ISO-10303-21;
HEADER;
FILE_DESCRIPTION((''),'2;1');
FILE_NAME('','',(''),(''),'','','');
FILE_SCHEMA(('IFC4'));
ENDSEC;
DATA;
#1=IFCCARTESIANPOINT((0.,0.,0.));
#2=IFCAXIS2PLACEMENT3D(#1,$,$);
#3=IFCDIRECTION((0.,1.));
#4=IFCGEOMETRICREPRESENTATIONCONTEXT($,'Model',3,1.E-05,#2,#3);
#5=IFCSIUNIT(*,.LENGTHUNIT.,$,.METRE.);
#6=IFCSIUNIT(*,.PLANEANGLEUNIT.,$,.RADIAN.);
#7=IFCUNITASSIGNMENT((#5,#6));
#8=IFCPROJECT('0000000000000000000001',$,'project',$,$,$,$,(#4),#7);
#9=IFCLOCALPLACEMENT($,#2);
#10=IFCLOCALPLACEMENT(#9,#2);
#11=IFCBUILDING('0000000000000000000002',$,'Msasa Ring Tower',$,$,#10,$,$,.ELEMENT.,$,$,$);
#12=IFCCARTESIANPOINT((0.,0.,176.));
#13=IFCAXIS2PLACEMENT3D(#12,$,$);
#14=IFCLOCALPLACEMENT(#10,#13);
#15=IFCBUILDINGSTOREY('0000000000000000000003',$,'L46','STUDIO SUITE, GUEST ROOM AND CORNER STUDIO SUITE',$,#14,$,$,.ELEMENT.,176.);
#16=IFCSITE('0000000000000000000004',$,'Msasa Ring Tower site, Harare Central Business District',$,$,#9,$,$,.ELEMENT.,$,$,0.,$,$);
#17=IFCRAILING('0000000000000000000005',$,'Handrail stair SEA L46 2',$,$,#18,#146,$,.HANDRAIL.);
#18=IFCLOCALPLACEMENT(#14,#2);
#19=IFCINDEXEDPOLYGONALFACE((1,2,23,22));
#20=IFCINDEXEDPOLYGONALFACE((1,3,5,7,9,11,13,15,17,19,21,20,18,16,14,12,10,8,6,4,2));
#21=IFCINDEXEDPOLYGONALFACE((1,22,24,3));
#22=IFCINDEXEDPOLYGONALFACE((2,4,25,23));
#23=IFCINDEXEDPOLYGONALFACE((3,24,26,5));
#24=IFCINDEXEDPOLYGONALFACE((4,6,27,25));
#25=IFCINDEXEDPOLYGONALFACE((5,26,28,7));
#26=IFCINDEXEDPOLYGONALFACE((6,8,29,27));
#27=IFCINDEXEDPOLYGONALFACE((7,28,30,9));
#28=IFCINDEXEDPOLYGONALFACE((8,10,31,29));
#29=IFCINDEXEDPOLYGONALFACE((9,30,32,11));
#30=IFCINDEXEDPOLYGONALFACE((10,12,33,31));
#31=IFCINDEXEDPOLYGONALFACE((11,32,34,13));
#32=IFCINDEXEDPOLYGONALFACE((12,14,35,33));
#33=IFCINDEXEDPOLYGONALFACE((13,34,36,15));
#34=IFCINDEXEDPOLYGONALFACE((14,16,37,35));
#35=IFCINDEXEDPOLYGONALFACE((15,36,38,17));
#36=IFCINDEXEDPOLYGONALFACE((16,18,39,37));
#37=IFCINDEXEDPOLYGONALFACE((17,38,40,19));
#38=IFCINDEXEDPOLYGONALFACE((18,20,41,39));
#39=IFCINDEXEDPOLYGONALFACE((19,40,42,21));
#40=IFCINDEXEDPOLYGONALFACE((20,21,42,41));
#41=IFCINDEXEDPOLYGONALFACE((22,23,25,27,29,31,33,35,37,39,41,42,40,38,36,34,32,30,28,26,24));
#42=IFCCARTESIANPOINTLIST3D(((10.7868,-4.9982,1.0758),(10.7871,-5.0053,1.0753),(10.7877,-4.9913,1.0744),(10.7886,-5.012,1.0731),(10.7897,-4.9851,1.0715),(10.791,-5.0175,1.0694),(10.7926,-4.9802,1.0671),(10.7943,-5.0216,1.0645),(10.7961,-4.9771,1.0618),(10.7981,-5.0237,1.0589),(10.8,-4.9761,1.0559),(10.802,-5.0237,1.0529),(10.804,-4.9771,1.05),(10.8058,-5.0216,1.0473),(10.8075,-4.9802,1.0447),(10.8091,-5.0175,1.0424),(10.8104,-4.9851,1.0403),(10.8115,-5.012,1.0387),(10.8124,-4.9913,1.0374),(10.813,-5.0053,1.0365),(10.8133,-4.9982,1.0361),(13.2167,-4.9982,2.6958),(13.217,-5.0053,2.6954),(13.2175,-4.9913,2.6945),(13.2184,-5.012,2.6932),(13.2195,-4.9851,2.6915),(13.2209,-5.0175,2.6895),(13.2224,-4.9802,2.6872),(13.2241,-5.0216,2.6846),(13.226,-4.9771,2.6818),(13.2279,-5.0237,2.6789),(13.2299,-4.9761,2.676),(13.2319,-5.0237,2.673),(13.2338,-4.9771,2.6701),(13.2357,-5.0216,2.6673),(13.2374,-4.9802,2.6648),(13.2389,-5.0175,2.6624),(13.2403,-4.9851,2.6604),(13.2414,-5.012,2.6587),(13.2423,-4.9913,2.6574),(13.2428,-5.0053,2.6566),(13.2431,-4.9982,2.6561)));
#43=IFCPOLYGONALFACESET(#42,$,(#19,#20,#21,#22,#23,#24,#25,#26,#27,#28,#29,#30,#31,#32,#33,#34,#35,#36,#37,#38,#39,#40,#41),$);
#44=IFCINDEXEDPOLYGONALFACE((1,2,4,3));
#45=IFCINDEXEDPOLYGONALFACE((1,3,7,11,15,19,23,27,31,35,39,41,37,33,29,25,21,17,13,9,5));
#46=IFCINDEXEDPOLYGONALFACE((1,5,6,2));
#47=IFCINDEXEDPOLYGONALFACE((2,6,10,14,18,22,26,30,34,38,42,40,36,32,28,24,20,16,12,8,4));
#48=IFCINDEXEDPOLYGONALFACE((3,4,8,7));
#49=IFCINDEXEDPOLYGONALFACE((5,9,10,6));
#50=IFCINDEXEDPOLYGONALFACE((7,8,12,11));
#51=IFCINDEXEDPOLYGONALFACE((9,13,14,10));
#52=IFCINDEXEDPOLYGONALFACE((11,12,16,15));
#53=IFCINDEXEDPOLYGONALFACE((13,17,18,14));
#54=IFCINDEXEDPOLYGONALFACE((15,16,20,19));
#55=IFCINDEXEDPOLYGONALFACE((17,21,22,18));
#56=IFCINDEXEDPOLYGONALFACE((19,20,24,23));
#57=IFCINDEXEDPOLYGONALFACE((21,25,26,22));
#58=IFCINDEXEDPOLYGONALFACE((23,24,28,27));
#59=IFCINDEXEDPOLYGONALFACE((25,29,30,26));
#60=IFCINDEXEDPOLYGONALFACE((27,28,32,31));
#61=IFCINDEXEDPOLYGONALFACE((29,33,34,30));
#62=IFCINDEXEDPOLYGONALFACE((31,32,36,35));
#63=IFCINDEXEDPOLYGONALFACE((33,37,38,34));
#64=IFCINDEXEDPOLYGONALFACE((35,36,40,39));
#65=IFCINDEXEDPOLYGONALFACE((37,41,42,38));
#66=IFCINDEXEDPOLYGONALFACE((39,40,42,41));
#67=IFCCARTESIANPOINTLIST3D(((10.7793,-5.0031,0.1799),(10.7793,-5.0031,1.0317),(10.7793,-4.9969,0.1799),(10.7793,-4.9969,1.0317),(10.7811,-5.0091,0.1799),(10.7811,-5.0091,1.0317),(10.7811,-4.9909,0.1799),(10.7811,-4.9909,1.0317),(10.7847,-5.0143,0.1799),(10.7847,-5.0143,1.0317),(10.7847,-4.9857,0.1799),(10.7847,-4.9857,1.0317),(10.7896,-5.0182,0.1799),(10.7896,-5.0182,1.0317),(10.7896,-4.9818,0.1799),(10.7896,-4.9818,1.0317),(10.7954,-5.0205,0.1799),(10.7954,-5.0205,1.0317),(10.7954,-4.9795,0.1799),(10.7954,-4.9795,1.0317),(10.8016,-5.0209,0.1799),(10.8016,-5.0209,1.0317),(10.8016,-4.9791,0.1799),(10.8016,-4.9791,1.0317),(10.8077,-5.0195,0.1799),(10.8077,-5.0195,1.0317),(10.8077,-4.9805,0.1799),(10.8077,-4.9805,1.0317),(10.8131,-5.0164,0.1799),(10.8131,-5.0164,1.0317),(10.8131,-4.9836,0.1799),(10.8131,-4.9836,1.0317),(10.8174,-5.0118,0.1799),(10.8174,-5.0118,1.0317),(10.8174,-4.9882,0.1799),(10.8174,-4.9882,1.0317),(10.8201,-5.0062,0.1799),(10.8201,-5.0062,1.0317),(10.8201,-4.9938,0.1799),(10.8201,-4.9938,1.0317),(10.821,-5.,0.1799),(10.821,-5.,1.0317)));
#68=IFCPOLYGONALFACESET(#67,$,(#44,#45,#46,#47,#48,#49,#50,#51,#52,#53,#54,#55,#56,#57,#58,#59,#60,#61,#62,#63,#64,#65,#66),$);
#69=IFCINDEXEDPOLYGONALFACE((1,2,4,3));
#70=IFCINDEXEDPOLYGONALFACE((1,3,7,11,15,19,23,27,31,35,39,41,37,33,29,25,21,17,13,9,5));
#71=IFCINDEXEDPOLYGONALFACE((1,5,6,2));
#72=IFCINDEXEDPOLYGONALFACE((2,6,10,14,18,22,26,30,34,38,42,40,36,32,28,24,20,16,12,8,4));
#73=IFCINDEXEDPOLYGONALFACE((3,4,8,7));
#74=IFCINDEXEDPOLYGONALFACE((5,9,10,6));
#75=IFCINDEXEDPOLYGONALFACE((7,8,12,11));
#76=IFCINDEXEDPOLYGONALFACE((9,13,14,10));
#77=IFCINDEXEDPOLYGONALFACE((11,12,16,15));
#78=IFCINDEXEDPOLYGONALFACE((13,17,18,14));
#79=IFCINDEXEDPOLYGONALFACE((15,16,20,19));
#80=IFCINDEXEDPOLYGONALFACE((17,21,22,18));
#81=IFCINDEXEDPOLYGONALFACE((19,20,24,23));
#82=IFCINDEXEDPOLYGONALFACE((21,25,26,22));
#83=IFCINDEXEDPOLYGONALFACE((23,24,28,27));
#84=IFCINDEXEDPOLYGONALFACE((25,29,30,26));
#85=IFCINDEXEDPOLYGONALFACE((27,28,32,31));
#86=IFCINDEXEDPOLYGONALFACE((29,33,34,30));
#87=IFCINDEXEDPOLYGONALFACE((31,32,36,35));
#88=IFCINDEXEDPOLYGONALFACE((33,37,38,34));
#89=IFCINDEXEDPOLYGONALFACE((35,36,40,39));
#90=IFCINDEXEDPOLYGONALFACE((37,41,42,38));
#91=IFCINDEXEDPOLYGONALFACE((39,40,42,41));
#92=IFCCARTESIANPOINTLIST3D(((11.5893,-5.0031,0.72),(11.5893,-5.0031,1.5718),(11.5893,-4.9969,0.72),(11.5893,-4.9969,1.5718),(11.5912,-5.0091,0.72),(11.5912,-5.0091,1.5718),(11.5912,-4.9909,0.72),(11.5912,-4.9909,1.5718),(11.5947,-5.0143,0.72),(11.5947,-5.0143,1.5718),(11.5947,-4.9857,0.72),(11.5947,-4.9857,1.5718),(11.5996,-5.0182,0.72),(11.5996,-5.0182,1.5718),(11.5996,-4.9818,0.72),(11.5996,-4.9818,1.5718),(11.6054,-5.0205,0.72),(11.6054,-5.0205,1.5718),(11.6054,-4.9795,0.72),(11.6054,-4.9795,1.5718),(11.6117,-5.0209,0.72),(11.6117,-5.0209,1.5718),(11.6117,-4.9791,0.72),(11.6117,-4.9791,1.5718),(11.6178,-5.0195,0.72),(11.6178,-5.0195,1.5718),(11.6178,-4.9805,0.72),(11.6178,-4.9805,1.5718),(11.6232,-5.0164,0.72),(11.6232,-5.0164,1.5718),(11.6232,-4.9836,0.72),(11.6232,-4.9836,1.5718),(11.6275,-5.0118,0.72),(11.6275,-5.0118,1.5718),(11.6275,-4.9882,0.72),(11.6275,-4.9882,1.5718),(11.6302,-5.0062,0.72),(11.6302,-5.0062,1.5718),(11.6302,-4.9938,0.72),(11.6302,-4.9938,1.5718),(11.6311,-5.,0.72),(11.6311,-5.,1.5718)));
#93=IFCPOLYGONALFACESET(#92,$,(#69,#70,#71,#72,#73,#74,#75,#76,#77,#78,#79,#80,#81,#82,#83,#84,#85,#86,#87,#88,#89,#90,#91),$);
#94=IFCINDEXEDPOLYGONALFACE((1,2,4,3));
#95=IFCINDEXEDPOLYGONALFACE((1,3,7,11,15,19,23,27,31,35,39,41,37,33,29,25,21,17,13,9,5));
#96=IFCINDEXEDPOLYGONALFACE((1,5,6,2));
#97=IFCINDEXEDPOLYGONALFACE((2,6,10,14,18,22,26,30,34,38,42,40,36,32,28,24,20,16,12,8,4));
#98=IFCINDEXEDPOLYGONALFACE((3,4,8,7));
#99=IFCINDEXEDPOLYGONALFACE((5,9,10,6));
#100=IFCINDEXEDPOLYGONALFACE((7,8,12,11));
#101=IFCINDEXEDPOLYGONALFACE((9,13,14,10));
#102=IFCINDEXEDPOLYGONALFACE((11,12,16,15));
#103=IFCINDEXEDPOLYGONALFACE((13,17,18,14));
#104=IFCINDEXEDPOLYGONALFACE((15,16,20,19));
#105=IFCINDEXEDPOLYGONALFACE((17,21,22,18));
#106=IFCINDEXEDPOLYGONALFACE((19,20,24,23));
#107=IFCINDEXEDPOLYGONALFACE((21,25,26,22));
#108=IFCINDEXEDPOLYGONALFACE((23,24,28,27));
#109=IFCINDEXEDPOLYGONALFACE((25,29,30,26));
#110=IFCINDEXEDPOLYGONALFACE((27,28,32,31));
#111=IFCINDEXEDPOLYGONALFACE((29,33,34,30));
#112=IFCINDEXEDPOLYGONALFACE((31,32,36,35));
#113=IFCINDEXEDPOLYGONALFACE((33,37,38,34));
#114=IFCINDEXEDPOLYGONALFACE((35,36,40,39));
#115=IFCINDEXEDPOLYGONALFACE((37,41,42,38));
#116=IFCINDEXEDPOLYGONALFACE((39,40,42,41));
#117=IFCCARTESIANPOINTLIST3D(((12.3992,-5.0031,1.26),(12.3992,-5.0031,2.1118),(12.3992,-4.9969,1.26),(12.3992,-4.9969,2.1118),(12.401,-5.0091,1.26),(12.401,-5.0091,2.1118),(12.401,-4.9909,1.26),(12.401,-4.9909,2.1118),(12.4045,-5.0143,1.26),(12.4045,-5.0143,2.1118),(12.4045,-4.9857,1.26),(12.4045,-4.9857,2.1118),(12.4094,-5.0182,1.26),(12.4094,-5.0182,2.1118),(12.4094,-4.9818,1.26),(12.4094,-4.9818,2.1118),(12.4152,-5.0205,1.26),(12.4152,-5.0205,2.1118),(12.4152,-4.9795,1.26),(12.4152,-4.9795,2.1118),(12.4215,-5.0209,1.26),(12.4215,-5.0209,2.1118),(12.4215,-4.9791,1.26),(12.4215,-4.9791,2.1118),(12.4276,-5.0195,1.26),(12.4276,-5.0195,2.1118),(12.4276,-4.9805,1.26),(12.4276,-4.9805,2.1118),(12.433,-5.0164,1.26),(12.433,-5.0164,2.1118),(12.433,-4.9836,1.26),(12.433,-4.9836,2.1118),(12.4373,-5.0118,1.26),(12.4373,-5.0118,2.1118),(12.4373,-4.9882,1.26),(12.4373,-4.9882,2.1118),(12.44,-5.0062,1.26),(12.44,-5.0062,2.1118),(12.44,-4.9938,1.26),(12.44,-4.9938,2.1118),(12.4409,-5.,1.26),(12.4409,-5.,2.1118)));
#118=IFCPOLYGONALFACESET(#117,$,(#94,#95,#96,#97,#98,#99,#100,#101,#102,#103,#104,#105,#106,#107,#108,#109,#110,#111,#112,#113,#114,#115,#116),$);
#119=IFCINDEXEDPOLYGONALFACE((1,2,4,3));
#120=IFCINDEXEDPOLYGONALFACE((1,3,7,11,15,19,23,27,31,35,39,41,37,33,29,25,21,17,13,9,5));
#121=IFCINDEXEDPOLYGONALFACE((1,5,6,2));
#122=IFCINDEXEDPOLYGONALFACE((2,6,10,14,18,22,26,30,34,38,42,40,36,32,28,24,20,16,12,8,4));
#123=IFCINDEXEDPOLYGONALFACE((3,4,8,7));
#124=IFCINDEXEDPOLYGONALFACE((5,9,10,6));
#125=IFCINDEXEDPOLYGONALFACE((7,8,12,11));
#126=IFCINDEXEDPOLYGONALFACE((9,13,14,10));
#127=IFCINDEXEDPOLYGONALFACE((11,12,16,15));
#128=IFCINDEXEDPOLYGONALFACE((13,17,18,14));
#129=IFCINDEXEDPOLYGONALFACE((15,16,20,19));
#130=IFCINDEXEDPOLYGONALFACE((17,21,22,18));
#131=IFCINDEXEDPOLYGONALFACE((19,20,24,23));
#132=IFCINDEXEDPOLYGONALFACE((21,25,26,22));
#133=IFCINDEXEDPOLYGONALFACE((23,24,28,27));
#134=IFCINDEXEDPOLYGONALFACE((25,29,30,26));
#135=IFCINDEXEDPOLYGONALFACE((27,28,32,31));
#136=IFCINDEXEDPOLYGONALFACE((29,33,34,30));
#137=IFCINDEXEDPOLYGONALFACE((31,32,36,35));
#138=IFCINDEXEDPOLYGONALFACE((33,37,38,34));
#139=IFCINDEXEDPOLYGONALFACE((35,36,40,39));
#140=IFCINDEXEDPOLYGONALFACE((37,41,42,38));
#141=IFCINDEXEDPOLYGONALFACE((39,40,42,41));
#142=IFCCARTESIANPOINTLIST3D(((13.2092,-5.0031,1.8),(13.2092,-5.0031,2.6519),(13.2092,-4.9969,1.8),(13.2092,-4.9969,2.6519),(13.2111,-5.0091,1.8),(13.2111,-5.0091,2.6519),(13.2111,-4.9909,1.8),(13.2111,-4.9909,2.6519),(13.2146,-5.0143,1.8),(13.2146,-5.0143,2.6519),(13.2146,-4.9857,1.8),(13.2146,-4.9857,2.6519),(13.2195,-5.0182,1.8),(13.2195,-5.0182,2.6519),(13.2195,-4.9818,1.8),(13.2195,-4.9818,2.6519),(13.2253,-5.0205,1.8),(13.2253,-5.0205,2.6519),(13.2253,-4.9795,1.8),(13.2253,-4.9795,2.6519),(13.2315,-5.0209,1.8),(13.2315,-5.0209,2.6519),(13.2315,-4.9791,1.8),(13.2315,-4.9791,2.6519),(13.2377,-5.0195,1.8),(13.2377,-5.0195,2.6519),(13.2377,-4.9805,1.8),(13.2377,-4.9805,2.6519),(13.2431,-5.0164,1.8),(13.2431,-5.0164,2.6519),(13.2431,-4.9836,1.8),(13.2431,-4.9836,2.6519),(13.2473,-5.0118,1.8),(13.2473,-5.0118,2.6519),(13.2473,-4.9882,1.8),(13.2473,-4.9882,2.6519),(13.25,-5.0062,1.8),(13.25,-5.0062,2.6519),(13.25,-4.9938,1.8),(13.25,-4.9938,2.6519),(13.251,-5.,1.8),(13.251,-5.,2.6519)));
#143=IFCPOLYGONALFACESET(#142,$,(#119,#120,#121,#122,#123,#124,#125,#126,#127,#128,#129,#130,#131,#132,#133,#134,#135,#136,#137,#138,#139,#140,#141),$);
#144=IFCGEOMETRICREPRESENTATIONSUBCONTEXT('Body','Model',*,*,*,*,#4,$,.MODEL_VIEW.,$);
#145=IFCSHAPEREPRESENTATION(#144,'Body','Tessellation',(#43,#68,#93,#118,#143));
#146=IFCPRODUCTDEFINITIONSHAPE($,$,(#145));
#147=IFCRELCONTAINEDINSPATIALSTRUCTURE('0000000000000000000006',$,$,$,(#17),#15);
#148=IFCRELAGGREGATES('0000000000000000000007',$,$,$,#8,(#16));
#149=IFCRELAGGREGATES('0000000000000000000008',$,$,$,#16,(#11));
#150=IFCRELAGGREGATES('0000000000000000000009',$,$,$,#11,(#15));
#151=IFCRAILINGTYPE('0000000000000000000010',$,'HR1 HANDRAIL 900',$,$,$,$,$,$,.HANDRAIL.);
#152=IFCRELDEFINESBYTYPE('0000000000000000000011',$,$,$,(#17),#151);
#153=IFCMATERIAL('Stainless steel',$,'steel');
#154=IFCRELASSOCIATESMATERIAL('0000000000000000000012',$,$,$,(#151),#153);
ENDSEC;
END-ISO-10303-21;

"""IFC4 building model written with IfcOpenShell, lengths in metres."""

from ifc_helpers import new_model, si_unit, direction, frame, origin, origin_2d, place, context, subcontext, project, spatial, circle, extrude, material, type_object, element, save


model = new_model("IFC4")

# Units and contexts
model_context = context("Model", 3, precision=1e-05, world=origin(), true_north=direction((0.0, 1.0)))
body_context = subcontext(model_context, "Body", "Model", "MODEL_VIEW")
ifc_project = project(units=[si_unit("LENGTHUNIT", "METRE"), si_unit("PLANEANGLEUNIT", "RADIAN")], contexts=[model_context])

# Site, building, storey
site_placement = place(None, origin())
site = spatial("IfcSite", under=ifc_project, at=site_placement, Name="Msasa Ring Tower site, Harare Central Business District", CompositionType="ELEMENT", RefElevation=0.0)
building_placement = place(site_placement, origin())
building = spatial("IfcBuilding", under=site, at=building_placement, Name="Msasa Ring Tower", CompositionType="ELEMENT")
storey_placement = place(building_placement, frame((0.0, 0.0, 176.0)))
storey = spatial("IfcBuildingStorey", under=building, at=storey_placement, Name="L46", Description="STUDIO SUITE, GUEST ROOM AND CORNER STUDIO SUITE", CompositionType="ELEMENT", Elevation=176.0)

# Railing
ifc_material_1 = material(Name="Stainless steel", Category="steel")
railing_type = type_object("IfcRailingType", Name="HR1 HANDRAIL 900", PredefinedType="HANDRAIL", material=ifc_material_1)
for number, where, name in (
    (1, (10.8, -5.0, 0.1799), "Handrail stair SEA L46 2"),
):
    element("IfcRailing", number, at=place(storey_placement, frame(where)), inside=storey, type_object=railing_type, Name=name, PredefinedType="HANDRAIL", context=body_context, shape_type="SweptSolid", body=[
        extrude(circle(Radius=0.0239, at=origin_2d()), frame((0.0, 0.0, 0.876), z_axis=(0.832025, 0.0, 0.554739), x_axis=(0.0, 1.0, 0.0)), (0.0, 0.0, 1.0), 2.9204),
        extrude(circle(Radius=0.021, at=origin_2d()), origin(), (0.0, 0.0, 1.0), 0.8518),
        extrude(circle(Radius=0.021, at=origin_2d()), frame((0.8101, 0.0, 0.54)), (0.0, 0.0, 1.0), 0.8518),
        extrude(circle(Radius=0.021, at=origin_2d()), frame((1.6199, 0.0, 1.0801)), (0.0, 0.0, 1.0), 0.8518),
        extrude(circle(Radius=0.021, at=origin_2d()), frame((2.4299, 0.0, 1.6201)), (0.0, 0.0, 1.0), 0.8518),
    ])

save(model, "model.ifc")
